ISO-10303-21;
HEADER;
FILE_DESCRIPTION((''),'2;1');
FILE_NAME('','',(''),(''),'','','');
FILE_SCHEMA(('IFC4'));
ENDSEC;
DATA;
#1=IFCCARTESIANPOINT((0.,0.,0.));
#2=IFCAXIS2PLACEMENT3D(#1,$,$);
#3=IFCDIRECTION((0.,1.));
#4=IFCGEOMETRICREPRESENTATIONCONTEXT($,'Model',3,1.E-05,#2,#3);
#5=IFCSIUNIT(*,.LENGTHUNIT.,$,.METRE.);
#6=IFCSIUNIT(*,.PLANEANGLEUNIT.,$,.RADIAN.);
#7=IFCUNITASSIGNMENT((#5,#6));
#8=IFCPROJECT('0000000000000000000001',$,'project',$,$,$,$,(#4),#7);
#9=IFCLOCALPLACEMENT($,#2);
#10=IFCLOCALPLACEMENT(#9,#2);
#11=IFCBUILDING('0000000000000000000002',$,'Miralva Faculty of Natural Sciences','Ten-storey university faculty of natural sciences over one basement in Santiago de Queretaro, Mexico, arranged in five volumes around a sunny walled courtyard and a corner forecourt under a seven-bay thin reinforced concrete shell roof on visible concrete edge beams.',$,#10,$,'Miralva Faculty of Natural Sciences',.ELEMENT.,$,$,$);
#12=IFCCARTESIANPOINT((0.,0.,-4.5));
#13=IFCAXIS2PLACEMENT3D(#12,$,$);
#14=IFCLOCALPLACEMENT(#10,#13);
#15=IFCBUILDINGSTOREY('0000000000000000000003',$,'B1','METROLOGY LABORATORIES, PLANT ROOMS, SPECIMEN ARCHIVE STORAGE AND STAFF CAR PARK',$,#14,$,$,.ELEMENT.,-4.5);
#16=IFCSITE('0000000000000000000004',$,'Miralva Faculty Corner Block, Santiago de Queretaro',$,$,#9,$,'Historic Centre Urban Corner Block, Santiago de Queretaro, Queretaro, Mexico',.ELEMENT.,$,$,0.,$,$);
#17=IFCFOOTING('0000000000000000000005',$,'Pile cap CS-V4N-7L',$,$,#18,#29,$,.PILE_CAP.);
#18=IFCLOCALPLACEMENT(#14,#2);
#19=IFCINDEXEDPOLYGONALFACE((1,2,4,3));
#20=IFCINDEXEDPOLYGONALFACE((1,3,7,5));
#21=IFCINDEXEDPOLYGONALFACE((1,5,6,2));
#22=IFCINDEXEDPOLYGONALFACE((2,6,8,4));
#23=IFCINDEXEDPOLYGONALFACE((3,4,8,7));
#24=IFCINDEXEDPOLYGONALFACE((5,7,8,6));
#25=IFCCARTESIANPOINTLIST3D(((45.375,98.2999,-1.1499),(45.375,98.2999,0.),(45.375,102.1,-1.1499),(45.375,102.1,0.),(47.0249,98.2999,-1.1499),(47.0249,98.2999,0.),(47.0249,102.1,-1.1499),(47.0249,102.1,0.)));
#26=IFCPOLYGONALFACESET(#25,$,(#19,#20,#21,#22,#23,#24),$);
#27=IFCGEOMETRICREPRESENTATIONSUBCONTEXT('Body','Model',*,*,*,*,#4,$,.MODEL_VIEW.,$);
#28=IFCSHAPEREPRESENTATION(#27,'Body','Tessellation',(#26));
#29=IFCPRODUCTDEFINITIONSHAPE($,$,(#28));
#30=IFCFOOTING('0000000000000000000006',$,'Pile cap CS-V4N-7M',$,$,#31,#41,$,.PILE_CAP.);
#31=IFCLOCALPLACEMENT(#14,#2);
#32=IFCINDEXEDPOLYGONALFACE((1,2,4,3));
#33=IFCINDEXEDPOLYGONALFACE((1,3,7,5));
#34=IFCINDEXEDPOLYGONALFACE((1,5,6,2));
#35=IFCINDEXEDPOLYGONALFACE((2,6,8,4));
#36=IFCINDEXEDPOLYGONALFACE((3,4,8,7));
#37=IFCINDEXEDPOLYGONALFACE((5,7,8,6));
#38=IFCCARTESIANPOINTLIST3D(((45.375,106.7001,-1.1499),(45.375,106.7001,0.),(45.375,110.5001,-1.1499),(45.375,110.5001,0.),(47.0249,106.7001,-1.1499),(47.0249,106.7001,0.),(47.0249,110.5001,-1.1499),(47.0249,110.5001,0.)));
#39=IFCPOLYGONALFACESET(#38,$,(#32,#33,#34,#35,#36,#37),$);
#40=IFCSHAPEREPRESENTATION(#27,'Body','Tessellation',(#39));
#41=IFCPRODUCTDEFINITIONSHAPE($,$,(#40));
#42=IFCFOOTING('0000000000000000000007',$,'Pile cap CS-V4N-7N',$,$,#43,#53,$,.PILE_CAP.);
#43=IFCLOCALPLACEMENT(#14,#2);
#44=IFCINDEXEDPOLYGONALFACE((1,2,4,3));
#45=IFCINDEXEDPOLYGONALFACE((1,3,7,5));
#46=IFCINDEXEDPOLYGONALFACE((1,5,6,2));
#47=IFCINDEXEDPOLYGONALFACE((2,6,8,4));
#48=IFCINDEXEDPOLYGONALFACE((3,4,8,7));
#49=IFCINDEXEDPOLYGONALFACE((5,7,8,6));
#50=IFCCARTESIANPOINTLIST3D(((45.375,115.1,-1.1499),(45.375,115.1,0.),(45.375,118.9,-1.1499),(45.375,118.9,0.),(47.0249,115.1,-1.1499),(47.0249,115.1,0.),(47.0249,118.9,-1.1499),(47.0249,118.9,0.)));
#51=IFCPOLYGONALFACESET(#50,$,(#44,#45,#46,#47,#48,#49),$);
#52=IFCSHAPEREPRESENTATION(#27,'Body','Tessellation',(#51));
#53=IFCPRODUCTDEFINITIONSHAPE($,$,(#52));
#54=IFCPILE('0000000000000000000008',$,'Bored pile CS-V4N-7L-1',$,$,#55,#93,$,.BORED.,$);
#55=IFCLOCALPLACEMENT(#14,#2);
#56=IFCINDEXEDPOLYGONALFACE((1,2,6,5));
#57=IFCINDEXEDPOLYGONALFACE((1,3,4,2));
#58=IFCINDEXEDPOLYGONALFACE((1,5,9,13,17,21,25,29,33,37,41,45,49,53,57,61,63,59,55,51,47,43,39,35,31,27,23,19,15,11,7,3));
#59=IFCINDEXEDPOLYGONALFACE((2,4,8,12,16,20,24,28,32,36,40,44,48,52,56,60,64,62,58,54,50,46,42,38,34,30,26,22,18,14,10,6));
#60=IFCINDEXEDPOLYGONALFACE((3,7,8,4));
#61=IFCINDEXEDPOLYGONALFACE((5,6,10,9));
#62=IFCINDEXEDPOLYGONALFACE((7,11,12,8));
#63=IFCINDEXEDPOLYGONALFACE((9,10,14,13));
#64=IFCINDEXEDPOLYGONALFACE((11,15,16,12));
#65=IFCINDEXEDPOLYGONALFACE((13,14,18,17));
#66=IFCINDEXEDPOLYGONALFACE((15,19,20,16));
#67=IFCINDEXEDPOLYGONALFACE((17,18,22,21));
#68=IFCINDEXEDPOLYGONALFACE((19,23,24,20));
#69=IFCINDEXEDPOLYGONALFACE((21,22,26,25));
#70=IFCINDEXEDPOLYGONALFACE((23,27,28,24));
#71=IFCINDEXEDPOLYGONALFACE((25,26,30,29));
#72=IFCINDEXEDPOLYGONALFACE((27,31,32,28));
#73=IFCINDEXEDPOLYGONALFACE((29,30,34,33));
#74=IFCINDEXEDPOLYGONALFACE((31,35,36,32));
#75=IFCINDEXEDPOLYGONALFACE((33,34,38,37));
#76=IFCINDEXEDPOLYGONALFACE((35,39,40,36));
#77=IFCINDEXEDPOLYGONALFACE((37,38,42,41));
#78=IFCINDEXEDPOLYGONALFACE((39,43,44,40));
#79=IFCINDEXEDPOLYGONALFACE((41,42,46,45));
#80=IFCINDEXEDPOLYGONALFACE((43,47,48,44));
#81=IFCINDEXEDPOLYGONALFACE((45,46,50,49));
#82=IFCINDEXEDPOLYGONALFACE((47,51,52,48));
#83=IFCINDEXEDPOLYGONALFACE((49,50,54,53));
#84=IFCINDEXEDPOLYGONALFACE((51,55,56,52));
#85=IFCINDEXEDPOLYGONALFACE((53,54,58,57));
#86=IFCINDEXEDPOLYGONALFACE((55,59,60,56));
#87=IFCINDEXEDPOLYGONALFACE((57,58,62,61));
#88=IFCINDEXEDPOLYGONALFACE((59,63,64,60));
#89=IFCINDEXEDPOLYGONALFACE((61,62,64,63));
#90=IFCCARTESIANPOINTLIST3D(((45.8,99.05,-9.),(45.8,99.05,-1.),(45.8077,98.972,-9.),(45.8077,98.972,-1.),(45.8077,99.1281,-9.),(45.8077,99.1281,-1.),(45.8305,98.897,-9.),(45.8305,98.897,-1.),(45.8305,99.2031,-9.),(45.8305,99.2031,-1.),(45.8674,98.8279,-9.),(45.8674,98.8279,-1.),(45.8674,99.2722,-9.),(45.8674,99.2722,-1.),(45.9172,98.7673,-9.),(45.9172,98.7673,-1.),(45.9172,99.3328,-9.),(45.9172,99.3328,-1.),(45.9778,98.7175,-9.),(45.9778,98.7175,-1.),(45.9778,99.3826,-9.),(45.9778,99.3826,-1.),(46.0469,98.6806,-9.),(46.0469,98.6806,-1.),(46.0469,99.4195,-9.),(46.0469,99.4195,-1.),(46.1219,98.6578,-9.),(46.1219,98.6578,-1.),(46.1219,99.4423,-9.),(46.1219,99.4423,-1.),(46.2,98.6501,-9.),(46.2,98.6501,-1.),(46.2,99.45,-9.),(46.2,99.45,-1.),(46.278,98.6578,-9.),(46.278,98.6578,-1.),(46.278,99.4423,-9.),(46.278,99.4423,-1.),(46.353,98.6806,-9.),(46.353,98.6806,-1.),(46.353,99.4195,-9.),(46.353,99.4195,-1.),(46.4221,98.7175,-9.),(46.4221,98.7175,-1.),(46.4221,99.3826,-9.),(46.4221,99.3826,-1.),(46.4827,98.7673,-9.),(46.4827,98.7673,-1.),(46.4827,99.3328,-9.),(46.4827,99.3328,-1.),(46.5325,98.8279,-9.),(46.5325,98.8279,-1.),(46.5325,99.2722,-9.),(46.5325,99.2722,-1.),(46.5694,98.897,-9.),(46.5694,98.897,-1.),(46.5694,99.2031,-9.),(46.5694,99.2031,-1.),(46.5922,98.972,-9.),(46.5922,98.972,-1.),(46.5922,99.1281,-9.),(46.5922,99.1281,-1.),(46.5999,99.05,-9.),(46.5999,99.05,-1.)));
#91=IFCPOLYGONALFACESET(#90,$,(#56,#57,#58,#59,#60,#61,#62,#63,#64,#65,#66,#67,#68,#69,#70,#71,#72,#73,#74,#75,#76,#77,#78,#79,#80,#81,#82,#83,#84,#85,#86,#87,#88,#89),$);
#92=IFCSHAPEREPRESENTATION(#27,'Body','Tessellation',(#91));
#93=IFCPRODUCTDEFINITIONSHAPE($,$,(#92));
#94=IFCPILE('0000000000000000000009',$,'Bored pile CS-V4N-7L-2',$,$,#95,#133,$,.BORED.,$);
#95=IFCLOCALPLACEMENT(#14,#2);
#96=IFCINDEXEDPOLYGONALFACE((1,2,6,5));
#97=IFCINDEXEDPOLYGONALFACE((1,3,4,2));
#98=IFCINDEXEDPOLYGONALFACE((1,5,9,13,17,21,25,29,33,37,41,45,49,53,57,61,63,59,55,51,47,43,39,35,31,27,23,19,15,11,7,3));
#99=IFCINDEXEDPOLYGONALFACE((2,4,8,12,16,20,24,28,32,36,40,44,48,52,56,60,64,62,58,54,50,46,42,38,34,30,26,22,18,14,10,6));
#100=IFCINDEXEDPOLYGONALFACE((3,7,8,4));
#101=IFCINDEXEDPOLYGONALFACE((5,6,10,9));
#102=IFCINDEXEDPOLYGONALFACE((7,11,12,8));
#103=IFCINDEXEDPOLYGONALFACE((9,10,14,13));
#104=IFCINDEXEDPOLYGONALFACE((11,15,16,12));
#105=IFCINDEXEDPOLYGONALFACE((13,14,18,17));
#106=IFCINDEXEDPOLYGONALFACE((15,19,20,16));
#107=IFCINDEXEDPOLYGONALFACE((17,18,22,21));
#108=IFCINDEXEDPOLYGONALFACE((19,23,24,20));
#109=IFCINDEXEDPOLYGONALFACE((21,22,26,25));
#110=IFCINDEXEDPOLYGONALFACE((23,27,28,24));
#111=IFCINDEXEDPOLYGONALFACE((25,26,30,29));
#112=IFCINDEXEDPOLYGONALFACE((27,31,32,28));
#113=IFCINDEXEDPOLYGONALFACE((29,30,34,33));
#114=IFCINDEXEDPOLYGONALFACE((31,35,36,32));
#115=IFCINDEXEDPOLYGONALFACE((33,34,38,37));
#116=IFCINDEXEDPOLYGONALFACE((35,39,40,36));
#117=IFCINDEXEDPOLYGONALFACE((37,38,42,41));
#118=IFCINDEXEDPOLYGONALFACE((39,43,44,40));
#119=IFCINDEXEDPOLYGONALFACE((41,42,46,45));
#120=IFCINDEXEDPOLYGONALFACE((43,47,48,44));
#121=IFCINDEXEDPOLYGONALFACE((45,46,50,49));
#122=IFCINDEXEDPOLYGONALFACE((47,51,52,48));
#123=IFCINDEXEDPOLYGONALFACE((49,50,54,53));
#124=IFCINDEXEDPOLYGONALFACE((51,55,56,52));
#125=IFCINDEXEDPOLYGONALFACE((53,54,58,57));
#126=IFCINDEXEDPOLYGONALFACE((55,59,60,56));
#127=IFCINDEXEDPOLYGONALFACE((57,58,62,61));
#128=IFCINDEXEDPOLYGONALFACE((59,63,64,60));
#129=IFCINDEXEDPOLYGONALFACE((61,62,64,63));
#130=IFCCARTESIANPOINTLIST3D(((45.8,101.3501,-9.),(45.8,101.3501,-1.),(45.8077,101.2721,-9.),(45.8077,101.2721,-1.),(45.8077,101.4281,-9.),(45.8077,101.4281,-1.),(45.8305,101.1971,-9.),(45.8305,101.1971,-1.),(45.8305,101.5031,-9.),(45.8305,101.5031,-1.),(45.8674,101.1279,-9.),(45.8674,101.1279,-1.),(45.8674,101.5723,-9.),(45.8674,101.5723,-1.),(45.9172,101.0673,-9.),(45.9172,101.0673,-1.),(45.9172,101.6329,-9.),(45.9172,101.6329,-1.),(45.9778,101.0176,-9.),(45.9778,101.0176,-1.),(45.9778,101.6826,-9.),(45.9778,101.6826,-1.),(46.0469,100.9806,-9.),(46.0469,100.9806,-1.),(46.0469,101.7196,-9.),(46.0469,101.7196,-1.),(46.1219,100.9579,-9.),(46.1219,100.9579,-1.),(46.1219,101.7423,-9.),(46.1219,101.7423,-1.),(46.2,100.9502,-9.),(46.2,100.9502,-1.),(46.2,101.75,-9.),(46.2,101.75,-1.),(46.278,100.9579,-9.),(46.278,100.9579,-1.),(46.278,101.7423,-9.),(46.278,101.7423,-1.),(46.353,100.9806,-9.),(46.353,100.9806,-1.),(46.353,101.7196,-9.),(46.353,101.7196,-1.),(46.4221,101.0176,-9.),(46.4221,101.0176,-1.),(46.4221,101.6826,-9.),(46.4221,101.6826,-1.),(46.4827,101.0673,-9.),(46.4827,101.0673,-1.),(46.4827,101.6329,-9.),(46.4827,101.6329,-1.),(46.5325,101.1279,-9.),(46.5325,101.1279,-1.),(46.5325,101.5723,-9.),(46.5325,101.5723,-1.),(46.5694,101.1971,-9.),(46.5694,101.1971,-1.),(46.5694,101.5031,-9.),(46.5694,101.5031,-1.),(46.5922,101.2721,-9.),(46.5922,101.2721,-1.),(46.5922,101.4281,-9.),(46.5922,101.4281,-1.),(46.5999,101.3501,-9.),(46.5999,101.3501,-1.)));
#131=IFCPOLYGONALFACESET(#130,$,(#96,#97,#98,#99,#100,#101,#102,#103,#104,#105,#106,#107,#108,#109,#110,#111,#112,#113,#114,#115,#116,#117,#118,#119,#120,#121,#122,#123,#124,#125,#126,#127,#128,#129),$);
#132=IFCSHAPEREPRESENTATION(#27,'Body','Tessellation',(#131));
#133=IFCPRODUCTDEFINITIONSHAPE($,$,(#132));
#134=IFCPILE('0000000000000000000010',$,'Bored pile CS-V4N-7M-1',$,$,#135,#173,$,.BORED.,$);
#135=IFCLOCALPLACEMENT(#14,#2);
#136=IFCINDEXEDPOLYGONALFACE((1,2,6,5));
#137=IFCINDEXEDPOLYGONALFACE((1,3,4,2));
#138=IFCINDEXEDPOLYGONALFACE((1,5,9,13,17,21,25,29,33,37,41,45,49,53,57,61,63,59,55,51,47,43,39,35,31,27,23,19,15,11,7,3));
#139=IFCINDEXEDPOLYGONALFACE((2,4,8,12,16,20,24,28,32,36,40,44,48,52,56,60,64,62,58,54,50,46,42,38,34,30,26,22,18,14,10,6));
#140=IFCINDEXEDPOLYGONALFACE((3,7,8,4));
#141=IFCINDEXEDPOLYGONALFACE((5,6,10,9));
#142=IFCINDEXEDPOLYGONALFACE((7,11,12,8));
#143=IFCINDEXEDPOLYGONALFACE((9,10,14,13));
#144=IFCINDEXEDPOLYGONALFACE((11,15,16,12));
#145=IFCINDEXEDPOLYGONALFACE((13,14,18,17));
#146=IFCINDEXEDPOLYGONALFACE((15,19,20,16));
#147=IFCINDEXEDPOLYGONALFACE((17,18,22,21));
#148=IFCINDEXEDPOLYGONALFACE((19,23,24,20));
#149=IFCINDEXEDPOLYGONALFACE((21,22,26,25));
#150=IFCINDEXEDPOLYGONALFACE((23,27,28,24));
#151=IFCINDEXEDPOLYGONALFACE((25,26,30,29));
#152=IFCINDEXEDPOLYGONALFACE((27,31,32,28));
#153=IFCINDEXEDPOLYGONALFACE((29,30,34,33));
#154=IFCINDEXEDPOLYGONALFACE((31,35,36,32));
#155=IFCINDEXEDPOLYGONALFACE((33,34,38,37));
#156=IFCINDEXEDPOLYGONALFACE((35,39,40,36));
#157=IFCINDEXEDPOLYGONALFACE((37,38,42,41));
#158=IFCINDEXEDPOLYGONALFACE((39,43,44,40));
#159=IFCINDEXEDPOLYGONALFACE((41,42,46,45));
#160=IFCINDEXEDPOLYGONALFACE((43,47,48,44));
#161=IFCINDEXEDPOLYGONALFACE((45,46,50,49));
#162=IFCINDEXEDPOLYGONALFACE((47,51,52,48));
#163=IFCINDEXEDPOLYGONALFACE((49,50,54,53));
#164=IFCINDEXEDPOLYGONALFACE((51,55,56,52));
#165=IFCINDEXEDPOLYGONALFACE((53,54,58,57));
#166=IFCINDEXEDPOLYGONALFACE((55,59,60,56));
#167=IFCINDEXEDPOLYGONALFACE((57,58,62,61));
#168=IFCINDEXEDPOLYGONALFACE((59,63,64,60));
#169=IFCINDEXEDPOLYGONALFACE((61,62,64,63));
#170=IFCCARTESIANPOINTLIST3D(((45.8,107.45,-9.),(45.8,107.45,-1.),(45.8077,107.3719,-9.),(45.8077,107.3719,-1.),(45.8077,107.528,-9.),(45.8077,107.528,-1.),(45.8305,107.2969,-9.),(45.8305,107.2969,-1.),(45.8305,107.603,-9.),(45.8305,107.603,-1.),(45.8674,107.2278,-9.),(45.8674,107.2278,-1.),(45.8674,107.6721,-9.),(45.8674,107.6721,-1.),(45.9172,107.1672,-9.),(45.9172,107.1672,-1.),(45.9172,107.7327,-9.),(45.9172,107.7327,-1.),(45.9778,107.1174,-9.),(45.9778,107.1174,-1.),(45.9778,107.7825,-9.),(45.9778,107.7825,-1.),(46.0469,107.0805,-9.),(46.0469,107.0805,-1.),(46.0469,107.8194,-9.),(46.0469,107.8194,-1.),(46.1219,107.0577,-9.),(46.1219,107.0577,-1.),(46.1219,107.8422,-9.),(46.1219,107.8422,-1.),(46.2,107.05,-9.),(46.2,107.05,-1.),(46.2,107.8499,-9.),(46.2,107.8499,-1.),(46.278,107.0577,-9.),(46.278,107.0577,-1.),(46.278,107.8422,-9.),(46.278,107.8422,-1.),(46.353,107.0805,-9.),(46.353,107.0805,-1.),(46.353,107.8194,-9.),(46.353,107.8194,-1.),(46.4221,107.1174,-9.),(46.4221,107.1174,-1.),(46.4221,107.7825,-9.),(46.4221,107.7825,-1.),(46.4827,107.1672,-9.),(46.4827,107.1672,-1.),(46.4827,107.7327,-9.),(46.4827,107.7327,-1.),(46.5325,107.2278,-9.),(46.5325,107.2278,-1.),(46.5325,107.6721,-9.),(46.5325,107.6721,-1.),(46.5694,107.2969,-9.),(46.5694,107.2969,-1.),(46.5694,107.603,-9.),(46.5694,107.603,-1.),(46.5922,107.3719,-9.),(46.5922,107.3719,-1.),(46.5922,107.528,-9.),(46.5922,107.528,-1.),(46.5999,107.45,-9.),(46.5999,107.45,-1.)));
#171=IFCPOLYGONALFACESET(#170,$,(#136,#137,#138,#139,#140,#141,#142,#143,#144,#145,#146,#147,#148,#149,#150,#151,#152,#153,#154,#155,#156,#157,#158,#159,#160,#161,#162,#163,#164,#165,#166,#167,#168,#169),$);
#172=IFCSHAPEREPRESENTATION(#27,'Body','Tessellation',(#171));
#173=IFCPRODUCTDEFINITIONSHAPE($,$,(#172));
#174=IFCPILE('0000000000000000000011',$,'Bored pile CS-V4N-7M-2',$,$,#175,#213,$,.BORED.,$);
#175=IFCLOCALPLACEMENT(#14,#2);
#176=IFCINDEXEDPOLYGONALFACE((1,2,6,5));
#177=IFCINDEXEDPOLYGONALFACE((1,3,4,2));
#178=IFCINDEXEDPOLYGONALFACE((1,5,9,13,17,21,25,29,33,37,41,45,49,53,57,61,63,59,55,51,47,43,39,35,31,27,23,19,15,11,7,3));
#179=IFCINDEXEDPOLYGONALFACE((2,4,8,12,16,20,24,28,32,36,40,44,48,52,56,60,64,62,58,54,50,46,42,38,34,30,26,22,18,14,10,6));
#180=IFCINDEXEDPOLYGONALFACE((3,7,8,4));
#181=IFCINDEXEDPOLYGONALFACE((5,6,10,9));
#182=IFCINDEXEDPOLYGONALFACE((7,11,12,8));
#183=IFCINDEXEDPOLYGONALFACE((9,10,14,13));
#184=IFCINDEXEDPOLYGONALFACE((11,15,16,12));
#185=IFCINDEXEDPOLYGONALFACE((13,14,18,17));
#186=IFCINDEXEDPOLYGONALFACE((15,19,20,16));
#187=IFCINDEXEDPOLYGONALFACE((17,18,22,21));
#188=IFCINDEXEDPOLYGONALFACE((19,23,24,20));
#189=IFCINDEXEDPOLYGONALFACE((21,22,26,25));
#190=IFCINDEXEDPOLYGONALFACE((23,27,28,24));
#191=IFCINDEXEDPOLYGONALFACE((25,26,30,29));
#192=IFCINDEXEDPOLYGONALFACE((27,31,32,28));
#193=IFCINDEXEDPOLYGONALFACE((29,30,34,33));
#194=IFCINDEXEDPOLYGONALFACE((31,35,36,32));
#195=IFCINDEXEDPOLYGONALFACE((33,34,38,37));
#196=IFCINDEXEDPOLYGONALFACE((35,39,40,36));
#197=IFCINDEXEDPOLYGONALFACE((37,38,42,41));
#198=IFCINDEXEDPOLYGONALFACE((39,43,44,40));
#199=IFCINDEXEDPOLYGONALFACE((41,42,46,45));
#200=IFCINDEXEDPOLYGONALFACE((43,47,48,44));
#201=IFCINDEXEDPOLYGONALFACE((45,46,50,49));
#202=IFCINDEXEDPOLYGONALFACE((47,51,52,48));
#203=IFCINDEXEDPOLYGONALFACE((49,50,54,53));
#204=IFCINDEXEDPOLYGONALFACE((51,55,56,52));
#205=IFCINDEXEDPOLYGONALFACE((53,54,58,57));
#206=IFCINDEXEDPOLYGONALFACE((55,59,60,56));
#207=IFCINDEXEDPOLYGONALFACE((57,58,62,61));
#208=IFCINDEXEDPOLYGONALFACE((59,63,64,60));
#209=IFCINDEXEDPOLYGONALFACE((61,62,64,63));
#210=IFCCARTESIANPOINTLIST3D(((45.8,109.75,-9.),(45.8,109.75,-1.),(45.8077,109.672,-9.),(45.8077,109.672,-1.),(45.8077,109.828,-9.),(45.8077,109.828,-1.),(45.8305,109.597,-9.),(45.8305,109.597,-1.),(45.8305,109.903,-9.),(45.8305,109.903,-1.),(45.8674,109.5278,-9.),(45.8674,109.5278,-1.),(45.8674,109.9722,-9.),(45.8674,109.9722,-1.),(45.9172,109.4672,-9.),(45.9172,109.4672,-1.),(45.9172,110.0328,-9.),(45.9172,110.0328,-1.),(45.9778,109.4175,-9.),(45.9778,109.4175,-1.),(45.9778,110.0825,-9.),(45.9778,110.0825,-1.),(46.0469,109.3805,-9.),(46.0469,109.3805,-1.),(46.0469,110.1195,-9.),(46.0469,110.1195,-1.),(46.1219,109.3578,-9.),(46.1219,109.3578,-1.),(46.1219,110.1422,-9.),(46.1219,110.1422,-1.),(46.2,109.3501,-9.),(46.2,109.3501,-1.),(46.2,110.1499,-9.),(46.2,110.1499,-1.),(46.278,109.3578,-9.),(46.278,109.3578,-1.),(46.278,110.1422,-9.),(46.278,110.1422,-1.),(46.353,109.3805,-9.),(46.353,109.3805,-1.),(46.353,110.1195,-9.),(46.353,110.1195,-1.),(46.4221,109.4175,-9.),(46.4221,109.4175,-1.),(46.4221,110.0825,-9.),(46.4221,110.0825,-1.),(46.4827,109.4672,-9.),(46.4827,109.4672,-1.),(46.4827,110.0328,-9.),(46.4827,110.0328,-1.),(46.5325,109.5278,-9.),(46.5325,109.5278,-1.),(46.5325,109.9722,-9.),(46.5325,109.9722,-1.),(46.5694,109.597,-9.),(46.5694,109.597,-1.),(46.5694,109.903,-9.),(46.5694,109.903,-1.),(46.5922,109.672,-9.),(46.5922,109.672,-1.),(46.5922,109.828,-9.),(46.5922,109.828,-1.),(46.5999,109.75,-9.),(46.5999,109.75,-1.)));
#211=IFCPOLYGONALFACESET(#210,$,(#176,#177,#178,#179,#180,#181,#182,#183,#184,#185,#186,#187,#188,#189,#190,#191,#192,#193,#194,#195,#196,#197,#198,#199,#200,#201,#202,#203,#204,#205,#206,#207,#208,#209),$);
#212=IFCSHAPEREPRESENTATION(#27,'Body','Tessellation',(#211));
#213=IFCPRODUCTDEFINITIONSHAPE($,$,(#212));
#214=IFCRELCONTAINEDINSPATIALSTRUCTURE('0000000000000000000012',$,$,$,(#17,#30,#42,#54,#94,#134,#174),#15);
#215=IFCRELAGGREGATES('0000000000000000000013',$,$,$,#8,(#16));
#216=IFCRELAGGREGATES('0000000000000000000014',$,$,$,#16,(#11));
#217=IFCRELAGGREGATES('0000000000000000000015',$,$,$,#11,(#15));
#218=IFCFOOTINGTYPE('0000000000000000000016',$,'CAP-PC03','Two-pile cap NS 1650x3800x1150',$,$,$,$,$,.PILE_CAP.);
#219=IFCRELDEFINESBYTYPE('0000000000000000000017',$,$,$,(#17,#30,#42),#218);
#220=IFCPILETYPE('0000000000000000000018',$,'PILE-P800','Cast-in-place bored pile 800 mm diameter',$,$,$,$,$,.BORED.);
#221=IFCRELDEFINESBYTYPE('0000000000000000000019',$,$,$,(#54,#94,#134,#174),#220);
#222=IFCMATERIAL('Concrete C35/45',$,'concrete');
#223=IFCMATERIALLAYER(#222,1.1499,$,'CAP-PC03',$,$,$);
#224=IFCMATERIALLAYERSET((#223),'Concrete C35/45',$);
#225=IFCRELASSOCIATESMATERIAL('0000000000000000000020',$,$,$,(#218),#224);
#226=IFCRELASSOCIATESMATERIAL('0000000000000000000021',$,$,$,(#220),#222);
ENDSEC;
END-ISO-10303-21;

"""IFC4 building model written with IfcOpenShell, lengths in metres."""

from ifc_helpers import new_model, si_unit, direction, frame, origin, origin_2d, place, context, subcontext, project, spatial, rectangle, circle, extrude, material, layer, layer_set, material_profile, profile_set, type_object, element, save


model = new_model("IFC4")

# Units and contexts
model_context = context("Model", 3, precision=1e-05, world=origin(), true_north=direction((0.0, 1.0)))
body_context = subcontext(model_context, "Body", "Model", "MODEL_VIEW")
ifc_project = project(units=[si_unit("LENGTHUNIT", "METRE"), si_unit("PLANEANGLEUNIT", "RADIAN")], contexts=[model_context])

# Site, building, storey
site_placement = place(None, origin())
site = spatial("IfcSite", under=ifc_project, at=site_placement, Name="Miralva Faculty Corner Block, Santiago de Queretaro", LongName="Historic Centre Urban Corner Block, Santiago de Queretaro, Queretaro, Mexico", CompositionType="ELEMENT", RefElevation=0.0)
building_placement = place(site_placement, origin())
building = spatial("IfcBuilding", under=site, at=building_placement, Name="Miralva Faculty of Natural Sciences", Description="Ten-storey university faculty of natural sciences over one basement in Santiago de Queretaro, Mexico, arranged in five volumes around a sunny walled courtyard and a corner forecourt under a seven-bay thin reinforced concrete shell roof on visible concrete edge beams.", LongName="Miralva Faculty of Natural Sciences", CompositionType="ELEMENT")
storey_placement = place(building_placement, frame((0.0, 0.0, -4.5)))
storey = spatial("IfcBuildingStorey", under=building, at=storey_placement, Name="B1", Description="METROLOGY LABORATORIES, PLANT ROOMS, SPECIMEN ARCHIVE STORAGE AND STAFF CAR PARK", CompositionType="ELEMENT", Elevation=-4.5)

# Footings
ifc_material_1 = material(Name="Concrete C35/45", Category="concrete")
ifc_layer_1 = layer(ifc_material_1, 1.1499, Name="CAP-PC03")
ifc_layer_set_1 = layer_set([ifc_layer_1], Name="Concrete C35/45")
footing_type_1 = type_object("IfcFootingType", Name="CAP-PC03", Description="Two-pile cap NS 1650x3800x1150", PredefinedType="PILE_CAP", material=ifc_layer_set_1)
for number, where, z_axis, x_axis, name in (
    (1, (46.2, 100.2, -1.1499), (0.0, 0.0, 1.0), (1.0, 0.0, 0.0), "Pile cap CS-V4N-7L"),
    (2, (46.2, 108.6001, -1.1499), (0.0, 0.0, 1.0), (1.0, 0.0, 0.0), "Pile cap CS-V4N-7M"),
    (3, (46.2, 117.0, -1.1499), (0.0, 0.0, 1.0), (1.0, 0.0, 0.0), "Pile cap CS-V4N-7N"),
):
    element("IfcFooting", number, at=place(storey_placement, frame(where, z_axis=z_axis, x_axis=x_axis)), inside=storey, type_object=footing_type_1, Name=name, PredefinedType="PILE_CAP", context=body_context, shape_type="SweptSolid", body=[
        extrude(rectangle(XDim=1.6499, YDim=3.8, at=origin_2d()), origin(), (0.0, 0.0, 1.0), 1.1499),
    ])

# Piles
ifc_material_profile_1 = material_profile(ifc_material_1, circle(Radius=0.3999, at=origin_2d()), Name="BORED PILE 800")
ifc_profile_set_1 = profile_set([ifc_material_profile_1], Name="Concrete C35/45")
pile_type = type_object("IfcPileType", Name="PILE-P800", Description="Cast-in-place bored pile 800 mm diameter", PredefinedType="BORED", material=ifc_profile_set_1)
for number, where, z_axis, x_axis, name in (
    (4, (46.2, 99.05, -1.0), (0.0, 0.0, -1.0), (1.0, 0.0, 0.0), "Bored pile CS-V4N-7L-1"),
    (5, (46.2, 101.3501, -1.0), (0.0, 0.0, -1.0), (1.0, 0.0, 0.0), "Bored pile CS-V4N-7L-2"),
    (6, (46.2, 107.45, -1.0), (0.0, 0.0, -1.0), (1.0, 0.0, 0.0), "Bored pile CS-V4N-7M-1"),
    (7, (46.2, 109.75, -1.0), (0.0, 0.0, -1.0), (1.0, 0.0, 0.0), "Bored pile CS-V4N-7M-2"),
):
    element("IfcPile", number, at=place(storey_placement, frame(where, z_axis=z_axis, x_axis=x_axis)), inside=storey, type_object=pile_type, Name=name, PredefinedType="BORED", context=body_context, shape_type="SweptSolid", body=[
        extrude(circle(Radius=0.3999, at=origin_2d()), origin(), (0.0, 0.0, 1.0), 8.0),
    ])

save(model, "model.ifc")
